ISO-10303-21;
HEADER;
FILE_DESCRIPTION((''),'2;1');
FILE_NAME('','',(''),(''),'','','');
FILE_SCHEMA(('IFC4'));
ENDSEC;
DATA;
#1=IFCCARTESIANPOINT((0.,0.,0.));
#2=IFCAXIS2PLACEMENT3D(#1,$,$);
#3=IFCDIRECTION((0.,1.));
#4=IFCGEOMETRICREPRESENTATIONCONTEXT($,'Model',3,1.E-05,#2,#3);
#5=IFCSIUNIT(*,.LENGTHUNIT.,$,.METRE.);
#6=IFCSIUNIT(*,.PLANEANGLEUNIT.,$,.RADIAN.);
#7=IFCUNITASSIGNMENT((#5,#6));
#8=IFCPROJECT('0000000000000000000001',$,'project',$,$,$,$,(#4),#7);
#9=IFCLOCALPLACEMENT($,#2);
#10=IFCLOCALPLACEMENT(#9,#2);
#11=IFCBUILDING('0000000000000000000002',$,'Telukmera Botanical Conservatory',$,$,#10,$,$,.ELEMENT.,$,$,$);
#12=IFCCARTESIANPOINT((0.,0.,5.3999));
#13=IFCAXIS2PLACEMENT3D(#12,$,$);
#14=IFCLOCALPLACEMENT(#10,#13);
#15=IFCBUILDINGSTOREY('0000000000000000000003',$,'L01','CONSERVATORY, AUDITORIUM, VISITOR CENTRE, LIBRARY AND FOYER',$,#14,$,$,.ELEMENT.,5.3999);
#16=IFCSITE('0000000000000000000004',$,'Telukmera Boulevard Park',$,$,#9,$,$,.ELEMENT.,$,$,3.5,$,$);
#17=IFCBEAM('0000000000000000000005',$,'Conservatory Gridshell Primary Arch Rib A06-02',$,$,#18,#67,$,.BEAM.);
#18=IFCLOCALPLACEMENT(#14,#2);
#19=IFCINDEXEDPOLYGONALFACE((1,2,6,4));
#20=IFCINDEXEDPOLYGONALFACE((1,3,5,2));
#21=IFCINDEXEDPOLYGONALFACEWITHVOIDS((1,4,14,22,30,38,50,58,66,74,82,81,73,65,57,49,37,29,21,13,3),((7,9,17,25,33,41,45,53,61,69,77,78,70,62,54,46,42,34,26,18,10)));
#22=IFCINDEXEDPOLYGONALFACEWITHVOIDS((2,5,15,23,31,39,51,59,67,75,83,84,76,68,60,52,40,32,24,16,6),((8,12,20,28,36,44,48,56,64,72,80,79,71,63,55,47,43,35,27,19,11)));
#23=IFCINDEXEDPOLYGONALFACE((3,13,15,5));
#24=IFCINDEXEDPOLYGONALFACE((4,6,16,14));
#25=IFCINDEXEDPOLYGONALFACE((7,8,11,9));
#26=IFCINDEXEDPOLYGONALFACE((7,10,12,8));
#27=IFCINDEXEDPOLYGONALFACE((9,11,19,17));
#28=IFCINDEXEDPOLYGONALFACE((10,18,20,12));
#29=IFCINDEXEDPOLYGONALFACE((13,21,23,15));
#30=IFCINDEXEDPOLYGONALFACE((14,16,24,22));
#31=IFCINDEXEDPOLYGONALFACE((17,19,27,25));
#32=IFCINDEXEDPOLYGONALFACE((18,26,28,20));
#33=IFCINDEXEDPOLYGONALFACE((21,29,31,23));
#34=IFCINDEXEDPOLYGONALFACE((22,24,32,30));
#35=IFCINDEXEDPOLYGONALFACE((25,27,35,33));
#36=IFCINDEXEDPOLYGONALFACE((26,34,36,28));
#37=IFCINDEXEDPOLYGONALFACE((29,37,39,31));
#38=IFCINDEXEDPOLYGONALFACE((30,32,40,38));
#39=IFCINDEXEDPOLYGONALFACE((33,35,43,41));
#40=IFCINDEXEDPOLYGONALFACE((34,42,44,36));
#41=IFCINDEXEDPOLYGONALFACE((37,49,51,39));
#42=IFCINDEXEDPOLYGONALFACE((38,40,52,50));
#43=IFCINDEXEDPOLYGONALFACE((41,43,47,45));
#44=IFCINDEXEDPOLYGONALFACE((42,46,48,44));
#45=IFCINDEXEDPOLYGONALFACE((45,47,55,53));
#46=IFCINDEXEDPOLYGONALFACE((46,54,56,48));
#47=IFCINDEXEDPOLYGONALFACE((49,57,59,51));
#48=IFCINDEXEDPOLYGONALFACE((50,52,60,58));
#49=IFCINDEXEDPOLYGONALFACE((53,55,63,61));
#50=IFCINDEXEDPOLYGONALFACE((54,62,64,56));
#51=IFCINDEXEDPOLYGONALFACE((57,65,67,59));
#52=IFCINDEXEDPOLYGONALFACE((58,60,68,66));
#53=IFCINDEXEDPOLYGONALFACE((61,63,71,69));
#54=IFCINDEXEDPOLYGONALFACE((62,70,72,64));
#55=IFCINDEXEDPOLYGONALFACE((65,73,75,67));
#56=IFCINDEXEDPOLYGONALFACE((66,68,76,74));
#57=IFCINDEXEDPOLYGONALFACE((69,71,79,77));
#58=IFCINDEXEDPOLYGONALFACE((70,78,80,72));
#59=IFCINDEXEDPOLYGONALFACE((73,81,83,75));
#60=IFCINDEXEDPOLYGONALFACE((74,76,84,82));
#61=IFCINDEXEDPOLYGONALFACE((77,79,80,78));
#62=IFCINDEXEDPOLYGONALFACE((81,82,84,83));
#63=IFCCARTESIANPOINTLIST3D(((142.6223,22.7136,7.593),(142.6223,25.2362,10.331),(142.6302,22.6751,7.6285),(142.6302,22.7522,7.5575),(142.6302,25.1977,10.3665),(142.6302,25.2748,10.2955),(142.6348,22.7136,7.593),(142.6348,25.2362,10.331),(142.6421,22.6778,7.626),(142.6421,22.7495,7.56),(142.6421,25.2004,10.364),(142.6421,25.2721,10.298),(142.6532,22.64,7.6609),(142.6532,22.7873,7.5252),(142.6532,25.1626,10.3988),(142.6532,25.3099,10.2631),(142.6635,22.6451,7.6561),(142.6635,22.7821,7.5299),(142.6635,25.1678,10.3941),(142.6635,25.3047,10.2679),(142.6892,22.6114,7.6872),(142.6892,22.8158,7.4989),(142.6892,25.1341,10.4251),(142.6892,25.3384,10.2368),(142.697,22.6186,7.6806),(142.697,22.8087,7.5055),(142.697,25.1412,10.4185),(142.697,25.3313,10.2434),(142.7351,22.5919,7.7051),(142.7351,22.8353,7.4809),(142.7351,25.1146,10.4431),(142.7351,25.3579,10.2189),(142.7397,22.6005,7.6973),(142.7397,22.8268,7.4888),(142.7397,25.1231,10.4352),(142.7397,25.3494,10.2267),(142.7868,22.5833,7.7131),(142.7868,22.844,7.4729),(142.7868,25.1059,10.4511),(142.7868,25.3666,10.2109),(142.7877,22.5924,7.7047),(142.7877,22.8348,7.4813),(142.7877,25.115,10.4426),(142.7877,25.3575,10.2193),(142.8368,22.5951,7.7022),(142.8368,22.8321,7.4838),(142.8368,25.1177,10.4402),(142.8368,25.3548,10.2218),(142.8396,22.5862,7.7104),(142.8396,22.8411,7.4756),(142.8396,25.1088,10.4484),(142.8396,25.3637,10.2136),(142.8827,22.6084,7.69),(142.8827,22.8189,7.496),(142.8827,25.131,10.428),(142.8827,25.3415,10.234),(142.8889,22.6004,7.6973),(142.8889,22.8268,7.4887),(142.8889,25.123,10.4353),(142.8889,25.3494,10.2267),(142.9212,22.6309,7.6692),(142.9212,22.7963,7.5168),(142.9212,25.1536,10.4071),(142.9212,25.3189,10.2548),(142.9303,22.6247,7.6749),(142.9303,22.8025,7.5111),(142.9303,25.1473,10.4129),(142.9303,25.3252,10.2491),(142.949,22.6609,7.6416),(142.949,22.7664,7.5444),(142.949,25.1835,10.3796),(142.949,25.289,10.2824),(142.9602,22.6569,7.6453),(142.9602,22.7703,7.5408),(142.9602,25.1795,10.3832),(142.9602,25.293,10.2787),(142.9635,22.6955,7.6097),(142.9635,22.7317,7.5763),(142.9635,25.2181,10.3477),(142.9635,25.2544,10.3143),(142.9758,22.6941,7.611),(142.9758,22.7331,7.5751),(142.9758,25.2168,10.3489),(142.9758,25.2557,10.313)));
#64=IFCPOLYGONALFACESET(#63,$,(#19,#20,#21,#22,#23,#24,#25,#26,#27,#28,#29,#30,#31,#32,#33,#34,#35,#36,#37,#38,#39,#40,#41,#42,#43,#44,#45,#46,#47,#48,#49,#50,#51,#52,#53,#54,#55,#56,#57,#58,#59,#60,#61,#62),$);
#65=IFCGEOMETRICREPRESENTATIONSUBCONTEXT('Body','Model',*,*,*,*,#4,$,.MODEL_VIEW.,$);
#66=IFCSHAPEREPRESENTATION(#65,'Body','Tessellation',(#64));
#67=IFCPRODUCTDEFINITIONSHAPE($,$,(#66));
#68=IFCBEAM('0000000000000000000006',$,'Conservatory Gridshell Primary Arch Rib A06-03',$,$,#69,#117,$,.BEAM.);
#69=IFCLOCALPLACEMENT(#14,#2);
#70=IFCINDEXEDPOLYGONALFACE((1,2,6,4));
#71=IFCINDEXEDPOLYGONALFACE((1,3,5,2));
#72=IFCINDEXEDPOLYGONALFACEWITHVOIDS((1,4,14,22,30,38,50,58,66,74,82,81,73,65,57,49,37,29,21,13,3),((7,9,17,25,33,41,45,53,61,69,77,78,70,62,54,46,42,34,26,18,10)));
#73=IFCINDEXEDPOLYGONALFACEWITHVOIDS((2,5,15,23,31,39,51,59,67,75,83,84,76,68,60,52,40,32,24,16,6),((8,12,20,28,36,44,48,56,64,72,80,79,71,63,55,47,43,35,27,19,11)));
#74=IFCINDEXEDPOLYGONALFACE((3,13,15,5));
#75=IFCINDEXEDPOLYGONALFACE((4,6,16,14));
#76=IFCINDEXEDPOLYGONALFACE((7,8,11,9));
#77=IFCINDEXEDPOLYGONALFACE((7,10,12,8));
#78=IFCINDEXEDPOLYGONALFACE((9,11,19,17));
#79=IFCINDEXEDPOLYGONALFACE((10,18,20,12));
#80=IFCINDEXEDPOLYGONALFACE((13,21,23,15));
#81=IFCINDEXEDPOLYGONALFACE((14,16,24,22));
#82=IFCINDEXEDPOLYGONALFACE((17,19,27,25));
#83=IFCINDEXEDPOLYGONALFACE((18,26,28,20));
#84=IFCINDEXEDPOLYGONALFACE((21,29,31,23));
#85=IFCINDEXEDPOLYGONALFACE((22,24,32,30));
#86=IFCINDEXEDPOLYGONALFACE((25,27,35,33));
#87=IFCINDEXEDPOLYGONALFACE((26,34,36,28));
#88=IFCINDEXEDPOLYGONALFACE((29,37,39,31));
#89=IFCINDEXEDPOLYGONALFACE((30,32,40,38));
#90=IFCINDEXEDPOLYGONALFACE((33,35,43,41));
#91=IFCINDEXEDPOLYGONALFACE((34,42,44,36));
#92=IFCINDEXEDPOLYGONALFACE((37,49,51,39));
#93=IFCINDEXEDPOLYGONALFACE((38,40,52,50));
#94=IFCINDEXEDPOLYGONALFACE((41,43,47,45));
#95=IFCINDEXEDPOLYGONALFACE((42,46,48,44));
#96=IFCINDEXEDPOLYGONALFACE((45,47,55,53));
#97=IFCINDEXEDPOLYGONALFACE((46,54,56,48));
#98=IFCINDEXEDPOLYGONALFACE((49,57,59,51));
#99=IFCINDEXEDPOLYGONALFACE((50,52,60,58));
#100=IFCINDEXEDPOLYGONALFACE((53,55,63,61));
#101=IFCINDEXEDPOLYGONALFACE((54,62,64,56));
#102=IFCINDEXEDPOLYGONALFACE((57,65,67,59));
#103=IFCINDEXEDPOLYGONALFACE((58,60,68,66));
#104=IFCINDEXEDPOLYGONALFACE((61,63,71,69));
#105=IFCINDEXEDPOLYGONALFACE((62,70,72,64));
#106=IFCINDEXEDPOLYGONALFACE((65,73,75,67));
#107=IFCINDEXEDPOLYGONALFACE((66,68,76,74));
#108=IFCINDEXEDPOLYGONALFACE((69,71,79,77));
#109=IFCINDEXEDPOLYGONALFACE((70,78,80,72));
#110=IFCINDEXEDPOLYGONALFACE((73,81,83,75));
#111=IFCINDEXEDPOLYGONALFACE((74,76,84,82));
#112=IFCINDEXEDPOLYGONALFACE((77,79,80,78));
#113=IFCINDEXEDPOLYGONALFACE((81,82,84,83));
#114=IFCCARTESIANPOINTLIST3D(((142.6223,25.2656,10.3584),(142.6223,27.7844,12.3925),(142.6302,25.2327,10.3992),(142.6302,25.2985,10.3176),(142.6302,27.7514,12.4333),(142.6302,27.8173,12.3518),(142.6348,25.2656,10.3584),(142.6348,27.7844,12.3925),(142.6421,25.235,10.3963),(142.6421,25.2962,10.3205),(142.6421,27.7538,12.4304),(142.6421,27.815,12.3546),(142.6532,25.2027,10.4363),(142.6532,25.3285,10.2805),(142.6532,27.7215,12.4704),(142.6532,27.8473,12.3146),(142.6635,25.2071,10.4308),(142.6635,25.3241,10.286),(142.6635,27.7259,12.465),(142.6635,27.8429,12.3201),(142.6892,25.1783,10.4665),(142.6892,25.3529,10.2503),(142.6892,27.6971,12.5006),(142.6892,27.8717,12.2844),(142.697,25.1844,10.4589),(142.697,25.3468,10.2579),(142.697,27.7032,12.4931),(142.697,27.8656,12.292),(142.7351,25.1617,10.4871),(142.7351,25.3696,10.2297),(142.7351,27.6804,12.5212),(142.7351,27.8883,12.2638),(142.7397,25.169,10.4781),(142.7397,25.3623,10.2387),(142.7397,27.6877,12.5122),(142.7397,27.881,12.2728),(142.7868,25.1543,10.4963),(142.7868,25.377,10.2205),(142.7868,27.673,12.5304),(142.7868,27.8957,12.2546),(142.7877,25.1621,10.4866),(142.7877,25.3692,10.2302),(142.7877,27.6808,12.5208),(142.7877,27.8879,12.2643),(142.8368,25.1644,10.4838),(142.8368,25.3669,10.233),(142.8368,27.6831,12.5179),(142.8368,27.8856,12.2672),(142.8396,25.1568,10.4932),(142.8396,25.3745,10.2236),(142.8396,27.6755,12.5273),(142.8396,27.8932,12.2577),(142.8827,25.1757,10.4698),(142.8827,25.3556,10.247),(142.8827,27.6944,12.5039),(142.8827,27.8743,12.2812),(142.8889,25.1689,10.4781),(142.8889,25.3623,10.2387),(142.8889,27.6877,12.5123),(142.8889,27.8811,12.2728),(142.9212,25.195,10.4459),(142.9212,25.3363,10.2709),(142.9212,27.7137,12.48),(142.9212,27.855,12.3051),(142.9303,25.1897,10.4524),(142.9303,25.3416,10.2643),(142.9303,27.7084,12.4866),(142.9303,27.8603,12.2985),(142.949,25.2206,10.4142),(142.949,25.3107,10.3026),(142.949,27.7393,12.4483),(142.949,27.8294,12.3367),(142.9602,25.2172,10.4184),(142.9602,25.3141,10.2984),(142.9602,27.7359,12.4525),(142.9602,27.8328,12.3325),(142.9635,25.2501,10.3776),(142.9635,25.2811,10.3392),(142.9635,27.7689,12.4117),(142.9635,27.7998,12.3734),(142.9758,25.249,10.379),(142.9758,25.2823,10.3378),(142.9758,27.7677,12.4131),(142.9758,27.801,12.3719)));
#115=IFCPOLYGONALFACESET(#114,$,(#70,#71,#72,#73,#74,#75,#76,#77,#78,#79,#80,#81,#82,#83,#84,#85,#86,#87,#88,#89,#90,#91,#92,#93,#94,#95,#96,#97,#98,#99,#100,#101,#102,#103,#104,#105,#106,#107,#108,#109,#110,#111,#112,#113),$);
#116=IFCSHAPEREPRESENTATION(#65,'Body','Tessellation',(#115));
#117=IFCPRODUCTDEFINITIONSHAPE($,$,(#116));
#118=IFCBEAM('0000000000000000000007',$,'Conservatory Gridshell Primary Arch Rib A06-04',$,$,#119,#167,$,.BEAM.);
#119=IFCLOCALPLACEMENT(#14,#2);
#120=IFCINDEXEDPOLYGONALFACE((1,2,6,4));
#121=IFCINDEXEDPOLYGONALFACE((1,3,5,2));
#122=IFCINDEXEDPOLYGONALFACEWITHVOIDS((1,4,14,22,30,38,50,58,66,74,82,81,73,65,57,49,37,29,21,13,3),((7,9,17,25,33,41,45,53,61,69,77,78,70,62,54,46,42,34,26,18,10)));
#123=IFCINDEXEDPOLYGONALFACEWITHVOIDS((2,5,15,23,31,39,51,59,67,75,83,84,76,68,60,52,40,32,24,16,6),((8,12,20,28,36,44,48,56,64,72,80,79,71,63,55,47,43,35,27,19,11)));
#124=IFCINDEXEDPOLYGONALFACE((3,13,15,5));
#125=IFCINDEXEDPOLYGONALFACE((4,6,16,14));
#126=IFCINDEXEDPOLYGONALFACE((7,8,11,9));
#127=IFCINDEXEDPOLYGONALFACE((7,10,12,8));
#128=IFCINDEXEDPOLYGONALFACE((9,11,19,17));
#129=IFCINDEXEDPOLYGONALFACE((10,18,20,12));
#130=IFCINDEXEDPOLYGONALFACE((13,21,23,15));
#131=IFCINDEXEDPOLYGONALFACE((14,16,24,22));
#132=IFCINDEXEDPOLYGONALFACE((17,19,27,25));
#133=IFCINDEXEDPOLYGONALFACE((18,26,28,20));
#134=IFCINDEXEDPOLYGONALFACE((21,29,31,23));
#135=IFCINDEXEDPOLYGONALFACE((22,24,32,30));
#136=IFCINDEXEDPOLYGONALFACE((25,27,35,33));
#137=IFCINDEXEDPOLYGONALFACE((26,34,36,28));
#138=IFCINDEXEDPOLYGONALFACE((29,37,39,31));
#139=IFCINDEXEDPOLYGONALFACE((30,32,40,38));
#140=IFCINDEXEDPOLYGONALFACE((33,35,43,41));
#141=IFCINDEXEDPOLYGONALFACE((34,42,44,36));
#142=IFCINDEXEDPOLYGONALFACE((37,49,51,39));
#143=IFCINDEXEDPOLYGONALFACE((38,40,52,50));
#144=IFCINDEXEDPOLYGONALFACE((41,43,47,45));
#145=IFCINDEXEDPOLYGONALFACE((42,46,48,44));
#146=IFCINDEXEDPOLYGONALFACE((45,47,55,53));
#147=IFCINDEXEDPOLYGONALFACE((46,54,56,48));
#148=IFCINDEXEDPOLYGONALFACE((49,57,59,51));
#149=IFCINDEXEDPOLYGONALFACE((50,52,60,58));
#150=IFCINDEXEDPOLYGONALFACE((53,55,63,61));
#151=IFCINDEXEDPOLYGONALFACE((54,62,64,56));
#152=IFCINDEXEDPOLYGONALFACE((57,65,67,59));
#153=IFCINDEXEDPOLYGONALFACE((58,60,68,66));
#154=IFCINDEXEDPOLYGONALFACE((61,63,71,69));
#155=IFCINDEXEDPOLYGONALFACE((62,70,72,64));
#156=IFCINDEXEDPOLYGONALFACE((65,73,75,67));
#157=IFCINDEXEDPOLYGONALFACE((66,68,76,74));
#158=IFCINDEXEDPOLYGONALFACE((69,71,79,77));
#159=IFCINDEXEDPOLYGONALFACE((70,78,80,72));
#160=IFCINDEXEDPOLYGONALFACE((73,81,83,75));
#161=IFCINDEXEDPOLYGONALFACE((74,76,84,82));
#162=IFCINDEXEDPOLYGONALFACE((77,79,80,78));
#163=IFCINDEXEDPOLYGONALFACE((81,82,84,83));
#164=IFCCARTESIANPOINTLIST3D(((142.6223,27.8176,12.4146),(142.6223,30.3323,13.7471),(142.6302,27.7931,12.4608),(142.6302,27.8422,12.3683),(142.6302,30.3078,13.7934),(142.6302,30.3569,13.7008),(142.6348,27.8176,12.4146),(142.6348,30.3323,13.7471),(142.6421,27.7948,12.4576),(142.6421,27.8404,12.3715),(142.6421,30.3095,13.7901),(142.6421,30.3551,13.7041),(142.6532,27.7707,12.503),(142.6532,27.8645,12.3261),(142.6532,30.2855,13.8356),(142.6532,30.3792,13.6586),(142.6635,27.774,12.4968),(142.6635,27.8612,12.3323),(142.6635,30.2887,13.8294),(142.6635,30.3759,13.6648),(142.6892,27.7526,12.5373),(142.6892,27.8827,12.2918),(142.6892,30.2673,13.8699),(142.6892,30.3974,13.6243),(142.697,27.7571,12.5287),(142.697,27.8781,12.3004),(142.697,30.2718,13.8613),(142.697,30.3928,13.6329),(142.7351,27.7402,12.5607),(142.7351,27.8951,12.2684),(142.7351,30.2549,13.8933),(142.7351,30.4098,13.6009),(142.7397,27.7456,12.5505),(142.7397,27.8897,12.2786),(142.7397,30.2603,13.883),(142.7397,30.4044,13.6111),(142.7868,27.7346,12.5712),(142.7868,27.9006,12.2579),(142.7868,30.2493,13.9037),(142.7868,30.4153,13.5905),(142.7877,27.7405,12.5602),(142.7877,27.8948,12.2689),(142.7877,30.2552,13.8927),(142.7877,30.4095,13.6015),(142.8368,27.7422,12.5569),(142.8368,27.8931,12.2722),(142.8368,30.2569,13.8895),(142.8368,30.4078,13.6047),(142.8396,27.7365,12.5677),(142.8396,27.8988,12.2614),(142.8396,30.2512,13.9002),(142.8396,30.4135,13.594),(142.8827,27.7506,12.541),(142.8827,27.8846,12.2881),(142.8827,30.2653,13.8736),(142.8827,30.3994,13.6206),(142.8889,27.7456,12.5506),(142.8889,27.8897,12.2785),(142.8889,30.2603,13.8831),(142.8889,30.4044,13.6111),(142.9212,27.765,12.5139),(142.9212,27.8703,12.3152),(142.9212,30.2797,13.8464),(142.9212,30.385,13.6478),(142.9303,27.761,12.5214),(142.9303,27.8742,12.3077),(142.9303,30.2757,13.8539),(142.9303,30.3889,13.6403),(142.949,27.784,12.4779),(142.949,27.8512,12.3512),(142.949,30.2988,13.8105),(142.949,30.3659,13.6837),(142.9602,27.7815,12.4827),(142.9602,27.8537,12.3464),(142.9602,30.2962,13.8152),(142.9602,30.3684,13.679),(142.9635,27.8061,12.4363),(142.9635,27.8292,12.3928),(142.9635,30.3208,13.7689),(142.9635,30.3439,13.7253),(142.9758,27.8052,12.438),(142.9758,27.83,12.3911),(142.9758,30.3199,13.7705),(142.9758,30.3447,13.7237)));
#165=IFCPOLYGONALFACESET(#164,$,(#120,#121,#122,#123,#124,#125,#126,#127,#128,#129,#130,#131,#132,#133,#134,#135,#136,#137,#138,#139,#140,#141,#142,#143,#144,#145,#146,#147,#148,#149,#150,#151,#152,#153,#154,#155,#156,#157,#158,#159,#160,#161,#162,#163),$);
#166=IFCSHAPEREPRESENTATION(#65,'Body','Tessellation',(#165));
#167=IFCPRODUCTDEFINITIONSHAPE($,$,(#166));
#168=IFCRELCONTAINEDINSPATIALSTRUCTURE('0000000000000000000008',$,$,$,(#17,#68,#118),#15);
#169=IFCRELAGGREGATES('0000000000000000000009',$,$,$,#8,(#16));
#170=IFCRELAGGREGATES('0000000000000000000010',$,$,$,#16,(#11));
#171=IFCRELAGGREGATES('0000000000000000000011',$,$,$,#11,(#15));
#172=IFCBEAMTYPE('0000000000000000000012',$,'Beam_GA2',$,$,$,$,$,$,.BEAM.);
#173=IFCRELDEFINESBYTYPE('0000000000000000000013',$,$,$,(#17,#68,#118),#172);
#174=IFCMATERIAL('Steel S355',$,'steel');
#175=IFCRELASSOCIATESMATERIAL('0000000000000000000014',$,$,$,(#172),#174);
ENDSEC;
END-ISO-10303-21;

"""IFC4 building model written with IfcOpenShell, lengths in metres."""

from ifc_helpers import new_model, si_unit, direction, frame, origin, origin_2d, place, context, subcontext, project, spatial, hollow_circle, extrude, material, material_profile, profile_set, type_object, element, save


model = new_model("IFC4")

# Units and contexts
model_context = context("Model", 3, precision=1e-05, world=origin(), true_north=direction((0.0, 1.0)))
body_context = subcontext(model_context, "Body", "Model", "MODEL_VIEW")
ifc_project = project(units=[si_unit("LENGTHUNIT", "METRE"), si_unit("PLANEANGLEUNIT", "RADIAN")], contexts=[model_context])

# Site, building, storey
site_placement = place(None, origin())
site = spatial("IfcSite", under=ifc_project, at=site_placement, Name="Telukmera Boulevard Park", CompositionType="ELEMENT", RefElevation=3.5)
building_placement = place(site_placement, origin())
building = spatial("IfcBuilding", under=site, at=building_placement, Name="Telukmera Botanical Conservatory", CompositionType="ELEMENT")
storey_placement = place(building_placement, frame((0.0, 0.0, 5.3999)))
storey = spatial("IfcBuildingStorey", under=building, at=storey_placement, Name="L01", Description="CONSERVATORY, AUDITORIUM, VISITOR CENTRE, LIBRARY AND FOYER", CompositionType="ELEMENT", Elevation=5.3999)

# Beams
ifc_material = material(Name="Steel S355", Category="steel")
ifc_material_profile_1 = material_profile(ifc_material, hollow_circle(Radius=0.1777, WallThickness=0.0125, at=origin_2d()), Name="CHS 355.6x12.5")
ifc_profile_set_1 = profile_set([ifc_material_profile_1], Name="Steel S355")
beam_type = type_object("IfcBeamType", Name="Beam_GA2", PredefinedType="BEAM", material=ifc_profile_set_1)
beam_1_placement = place(storey_placement, frame((142.8, 22.7136, 7.593), z_axis=(0.0, 0.677596, 0.735434), x_axis=(-1.0, 0.0, 0.0)))
element("IfcBeam", 1, at=beam_1_placement, inside=storey, type_object=beam_type, Name="Conservatory Gridshell Primary Arch Rib A06-02", PredefinedType="BEAM", context=body_context, shape_type="SweptSolid", body=[
    extrude(hollow_circle(Radius=0.1777, WallThickness=0.0125, at=origin_2d()), origin(), (0.0, 0.0, 1.0), 3.7229),
])
beam_2_placement = place(storey_placement, frame((142.8, 25.2656, 10.3584), z_axis=(0.0, 0.777977, 0.628293), x_axis=(-1.0, 0.0, 0.0)))
element("IfcBeam", 2, at=beam_2_placement, inside=storey, type_object=beam_type, Name="Conservatory Gridshell Primary Arch Rib A06-03", PredefinedType="BEAM", context=body_context, shape_type="SweptSolid", body=[
    extrude(hollow_circle(Radius=0.1777, WallThickness=0.0125, at=origin_2d()), origin(), (0.0, 0.0, 1.0), 3.2375),
])
beam_3_placement = place(storey_placement, frame((142.8, 27.8176, 12.4146), z_axis=(0.0, 0.883608, 0.468227), x_axis=(-1.0, 0.0, 0.0)))
element("IfcBeam", 3, at=beam_3_placement, inside=storey, type_object=beam_type, Name="Conservatory Gridshell Primary Arch Rib A06-04", PredefinedType="BEAM", context=body_context, shape_type="SweptSolid", body=[
    extrude(hollow_circle(Radius=0.1777, WallThickness=0.0125, at=origin_2d()), origin(), (0.0, 0.0, 1.0), 2.8459),
])

save(model, "model.ifc")
